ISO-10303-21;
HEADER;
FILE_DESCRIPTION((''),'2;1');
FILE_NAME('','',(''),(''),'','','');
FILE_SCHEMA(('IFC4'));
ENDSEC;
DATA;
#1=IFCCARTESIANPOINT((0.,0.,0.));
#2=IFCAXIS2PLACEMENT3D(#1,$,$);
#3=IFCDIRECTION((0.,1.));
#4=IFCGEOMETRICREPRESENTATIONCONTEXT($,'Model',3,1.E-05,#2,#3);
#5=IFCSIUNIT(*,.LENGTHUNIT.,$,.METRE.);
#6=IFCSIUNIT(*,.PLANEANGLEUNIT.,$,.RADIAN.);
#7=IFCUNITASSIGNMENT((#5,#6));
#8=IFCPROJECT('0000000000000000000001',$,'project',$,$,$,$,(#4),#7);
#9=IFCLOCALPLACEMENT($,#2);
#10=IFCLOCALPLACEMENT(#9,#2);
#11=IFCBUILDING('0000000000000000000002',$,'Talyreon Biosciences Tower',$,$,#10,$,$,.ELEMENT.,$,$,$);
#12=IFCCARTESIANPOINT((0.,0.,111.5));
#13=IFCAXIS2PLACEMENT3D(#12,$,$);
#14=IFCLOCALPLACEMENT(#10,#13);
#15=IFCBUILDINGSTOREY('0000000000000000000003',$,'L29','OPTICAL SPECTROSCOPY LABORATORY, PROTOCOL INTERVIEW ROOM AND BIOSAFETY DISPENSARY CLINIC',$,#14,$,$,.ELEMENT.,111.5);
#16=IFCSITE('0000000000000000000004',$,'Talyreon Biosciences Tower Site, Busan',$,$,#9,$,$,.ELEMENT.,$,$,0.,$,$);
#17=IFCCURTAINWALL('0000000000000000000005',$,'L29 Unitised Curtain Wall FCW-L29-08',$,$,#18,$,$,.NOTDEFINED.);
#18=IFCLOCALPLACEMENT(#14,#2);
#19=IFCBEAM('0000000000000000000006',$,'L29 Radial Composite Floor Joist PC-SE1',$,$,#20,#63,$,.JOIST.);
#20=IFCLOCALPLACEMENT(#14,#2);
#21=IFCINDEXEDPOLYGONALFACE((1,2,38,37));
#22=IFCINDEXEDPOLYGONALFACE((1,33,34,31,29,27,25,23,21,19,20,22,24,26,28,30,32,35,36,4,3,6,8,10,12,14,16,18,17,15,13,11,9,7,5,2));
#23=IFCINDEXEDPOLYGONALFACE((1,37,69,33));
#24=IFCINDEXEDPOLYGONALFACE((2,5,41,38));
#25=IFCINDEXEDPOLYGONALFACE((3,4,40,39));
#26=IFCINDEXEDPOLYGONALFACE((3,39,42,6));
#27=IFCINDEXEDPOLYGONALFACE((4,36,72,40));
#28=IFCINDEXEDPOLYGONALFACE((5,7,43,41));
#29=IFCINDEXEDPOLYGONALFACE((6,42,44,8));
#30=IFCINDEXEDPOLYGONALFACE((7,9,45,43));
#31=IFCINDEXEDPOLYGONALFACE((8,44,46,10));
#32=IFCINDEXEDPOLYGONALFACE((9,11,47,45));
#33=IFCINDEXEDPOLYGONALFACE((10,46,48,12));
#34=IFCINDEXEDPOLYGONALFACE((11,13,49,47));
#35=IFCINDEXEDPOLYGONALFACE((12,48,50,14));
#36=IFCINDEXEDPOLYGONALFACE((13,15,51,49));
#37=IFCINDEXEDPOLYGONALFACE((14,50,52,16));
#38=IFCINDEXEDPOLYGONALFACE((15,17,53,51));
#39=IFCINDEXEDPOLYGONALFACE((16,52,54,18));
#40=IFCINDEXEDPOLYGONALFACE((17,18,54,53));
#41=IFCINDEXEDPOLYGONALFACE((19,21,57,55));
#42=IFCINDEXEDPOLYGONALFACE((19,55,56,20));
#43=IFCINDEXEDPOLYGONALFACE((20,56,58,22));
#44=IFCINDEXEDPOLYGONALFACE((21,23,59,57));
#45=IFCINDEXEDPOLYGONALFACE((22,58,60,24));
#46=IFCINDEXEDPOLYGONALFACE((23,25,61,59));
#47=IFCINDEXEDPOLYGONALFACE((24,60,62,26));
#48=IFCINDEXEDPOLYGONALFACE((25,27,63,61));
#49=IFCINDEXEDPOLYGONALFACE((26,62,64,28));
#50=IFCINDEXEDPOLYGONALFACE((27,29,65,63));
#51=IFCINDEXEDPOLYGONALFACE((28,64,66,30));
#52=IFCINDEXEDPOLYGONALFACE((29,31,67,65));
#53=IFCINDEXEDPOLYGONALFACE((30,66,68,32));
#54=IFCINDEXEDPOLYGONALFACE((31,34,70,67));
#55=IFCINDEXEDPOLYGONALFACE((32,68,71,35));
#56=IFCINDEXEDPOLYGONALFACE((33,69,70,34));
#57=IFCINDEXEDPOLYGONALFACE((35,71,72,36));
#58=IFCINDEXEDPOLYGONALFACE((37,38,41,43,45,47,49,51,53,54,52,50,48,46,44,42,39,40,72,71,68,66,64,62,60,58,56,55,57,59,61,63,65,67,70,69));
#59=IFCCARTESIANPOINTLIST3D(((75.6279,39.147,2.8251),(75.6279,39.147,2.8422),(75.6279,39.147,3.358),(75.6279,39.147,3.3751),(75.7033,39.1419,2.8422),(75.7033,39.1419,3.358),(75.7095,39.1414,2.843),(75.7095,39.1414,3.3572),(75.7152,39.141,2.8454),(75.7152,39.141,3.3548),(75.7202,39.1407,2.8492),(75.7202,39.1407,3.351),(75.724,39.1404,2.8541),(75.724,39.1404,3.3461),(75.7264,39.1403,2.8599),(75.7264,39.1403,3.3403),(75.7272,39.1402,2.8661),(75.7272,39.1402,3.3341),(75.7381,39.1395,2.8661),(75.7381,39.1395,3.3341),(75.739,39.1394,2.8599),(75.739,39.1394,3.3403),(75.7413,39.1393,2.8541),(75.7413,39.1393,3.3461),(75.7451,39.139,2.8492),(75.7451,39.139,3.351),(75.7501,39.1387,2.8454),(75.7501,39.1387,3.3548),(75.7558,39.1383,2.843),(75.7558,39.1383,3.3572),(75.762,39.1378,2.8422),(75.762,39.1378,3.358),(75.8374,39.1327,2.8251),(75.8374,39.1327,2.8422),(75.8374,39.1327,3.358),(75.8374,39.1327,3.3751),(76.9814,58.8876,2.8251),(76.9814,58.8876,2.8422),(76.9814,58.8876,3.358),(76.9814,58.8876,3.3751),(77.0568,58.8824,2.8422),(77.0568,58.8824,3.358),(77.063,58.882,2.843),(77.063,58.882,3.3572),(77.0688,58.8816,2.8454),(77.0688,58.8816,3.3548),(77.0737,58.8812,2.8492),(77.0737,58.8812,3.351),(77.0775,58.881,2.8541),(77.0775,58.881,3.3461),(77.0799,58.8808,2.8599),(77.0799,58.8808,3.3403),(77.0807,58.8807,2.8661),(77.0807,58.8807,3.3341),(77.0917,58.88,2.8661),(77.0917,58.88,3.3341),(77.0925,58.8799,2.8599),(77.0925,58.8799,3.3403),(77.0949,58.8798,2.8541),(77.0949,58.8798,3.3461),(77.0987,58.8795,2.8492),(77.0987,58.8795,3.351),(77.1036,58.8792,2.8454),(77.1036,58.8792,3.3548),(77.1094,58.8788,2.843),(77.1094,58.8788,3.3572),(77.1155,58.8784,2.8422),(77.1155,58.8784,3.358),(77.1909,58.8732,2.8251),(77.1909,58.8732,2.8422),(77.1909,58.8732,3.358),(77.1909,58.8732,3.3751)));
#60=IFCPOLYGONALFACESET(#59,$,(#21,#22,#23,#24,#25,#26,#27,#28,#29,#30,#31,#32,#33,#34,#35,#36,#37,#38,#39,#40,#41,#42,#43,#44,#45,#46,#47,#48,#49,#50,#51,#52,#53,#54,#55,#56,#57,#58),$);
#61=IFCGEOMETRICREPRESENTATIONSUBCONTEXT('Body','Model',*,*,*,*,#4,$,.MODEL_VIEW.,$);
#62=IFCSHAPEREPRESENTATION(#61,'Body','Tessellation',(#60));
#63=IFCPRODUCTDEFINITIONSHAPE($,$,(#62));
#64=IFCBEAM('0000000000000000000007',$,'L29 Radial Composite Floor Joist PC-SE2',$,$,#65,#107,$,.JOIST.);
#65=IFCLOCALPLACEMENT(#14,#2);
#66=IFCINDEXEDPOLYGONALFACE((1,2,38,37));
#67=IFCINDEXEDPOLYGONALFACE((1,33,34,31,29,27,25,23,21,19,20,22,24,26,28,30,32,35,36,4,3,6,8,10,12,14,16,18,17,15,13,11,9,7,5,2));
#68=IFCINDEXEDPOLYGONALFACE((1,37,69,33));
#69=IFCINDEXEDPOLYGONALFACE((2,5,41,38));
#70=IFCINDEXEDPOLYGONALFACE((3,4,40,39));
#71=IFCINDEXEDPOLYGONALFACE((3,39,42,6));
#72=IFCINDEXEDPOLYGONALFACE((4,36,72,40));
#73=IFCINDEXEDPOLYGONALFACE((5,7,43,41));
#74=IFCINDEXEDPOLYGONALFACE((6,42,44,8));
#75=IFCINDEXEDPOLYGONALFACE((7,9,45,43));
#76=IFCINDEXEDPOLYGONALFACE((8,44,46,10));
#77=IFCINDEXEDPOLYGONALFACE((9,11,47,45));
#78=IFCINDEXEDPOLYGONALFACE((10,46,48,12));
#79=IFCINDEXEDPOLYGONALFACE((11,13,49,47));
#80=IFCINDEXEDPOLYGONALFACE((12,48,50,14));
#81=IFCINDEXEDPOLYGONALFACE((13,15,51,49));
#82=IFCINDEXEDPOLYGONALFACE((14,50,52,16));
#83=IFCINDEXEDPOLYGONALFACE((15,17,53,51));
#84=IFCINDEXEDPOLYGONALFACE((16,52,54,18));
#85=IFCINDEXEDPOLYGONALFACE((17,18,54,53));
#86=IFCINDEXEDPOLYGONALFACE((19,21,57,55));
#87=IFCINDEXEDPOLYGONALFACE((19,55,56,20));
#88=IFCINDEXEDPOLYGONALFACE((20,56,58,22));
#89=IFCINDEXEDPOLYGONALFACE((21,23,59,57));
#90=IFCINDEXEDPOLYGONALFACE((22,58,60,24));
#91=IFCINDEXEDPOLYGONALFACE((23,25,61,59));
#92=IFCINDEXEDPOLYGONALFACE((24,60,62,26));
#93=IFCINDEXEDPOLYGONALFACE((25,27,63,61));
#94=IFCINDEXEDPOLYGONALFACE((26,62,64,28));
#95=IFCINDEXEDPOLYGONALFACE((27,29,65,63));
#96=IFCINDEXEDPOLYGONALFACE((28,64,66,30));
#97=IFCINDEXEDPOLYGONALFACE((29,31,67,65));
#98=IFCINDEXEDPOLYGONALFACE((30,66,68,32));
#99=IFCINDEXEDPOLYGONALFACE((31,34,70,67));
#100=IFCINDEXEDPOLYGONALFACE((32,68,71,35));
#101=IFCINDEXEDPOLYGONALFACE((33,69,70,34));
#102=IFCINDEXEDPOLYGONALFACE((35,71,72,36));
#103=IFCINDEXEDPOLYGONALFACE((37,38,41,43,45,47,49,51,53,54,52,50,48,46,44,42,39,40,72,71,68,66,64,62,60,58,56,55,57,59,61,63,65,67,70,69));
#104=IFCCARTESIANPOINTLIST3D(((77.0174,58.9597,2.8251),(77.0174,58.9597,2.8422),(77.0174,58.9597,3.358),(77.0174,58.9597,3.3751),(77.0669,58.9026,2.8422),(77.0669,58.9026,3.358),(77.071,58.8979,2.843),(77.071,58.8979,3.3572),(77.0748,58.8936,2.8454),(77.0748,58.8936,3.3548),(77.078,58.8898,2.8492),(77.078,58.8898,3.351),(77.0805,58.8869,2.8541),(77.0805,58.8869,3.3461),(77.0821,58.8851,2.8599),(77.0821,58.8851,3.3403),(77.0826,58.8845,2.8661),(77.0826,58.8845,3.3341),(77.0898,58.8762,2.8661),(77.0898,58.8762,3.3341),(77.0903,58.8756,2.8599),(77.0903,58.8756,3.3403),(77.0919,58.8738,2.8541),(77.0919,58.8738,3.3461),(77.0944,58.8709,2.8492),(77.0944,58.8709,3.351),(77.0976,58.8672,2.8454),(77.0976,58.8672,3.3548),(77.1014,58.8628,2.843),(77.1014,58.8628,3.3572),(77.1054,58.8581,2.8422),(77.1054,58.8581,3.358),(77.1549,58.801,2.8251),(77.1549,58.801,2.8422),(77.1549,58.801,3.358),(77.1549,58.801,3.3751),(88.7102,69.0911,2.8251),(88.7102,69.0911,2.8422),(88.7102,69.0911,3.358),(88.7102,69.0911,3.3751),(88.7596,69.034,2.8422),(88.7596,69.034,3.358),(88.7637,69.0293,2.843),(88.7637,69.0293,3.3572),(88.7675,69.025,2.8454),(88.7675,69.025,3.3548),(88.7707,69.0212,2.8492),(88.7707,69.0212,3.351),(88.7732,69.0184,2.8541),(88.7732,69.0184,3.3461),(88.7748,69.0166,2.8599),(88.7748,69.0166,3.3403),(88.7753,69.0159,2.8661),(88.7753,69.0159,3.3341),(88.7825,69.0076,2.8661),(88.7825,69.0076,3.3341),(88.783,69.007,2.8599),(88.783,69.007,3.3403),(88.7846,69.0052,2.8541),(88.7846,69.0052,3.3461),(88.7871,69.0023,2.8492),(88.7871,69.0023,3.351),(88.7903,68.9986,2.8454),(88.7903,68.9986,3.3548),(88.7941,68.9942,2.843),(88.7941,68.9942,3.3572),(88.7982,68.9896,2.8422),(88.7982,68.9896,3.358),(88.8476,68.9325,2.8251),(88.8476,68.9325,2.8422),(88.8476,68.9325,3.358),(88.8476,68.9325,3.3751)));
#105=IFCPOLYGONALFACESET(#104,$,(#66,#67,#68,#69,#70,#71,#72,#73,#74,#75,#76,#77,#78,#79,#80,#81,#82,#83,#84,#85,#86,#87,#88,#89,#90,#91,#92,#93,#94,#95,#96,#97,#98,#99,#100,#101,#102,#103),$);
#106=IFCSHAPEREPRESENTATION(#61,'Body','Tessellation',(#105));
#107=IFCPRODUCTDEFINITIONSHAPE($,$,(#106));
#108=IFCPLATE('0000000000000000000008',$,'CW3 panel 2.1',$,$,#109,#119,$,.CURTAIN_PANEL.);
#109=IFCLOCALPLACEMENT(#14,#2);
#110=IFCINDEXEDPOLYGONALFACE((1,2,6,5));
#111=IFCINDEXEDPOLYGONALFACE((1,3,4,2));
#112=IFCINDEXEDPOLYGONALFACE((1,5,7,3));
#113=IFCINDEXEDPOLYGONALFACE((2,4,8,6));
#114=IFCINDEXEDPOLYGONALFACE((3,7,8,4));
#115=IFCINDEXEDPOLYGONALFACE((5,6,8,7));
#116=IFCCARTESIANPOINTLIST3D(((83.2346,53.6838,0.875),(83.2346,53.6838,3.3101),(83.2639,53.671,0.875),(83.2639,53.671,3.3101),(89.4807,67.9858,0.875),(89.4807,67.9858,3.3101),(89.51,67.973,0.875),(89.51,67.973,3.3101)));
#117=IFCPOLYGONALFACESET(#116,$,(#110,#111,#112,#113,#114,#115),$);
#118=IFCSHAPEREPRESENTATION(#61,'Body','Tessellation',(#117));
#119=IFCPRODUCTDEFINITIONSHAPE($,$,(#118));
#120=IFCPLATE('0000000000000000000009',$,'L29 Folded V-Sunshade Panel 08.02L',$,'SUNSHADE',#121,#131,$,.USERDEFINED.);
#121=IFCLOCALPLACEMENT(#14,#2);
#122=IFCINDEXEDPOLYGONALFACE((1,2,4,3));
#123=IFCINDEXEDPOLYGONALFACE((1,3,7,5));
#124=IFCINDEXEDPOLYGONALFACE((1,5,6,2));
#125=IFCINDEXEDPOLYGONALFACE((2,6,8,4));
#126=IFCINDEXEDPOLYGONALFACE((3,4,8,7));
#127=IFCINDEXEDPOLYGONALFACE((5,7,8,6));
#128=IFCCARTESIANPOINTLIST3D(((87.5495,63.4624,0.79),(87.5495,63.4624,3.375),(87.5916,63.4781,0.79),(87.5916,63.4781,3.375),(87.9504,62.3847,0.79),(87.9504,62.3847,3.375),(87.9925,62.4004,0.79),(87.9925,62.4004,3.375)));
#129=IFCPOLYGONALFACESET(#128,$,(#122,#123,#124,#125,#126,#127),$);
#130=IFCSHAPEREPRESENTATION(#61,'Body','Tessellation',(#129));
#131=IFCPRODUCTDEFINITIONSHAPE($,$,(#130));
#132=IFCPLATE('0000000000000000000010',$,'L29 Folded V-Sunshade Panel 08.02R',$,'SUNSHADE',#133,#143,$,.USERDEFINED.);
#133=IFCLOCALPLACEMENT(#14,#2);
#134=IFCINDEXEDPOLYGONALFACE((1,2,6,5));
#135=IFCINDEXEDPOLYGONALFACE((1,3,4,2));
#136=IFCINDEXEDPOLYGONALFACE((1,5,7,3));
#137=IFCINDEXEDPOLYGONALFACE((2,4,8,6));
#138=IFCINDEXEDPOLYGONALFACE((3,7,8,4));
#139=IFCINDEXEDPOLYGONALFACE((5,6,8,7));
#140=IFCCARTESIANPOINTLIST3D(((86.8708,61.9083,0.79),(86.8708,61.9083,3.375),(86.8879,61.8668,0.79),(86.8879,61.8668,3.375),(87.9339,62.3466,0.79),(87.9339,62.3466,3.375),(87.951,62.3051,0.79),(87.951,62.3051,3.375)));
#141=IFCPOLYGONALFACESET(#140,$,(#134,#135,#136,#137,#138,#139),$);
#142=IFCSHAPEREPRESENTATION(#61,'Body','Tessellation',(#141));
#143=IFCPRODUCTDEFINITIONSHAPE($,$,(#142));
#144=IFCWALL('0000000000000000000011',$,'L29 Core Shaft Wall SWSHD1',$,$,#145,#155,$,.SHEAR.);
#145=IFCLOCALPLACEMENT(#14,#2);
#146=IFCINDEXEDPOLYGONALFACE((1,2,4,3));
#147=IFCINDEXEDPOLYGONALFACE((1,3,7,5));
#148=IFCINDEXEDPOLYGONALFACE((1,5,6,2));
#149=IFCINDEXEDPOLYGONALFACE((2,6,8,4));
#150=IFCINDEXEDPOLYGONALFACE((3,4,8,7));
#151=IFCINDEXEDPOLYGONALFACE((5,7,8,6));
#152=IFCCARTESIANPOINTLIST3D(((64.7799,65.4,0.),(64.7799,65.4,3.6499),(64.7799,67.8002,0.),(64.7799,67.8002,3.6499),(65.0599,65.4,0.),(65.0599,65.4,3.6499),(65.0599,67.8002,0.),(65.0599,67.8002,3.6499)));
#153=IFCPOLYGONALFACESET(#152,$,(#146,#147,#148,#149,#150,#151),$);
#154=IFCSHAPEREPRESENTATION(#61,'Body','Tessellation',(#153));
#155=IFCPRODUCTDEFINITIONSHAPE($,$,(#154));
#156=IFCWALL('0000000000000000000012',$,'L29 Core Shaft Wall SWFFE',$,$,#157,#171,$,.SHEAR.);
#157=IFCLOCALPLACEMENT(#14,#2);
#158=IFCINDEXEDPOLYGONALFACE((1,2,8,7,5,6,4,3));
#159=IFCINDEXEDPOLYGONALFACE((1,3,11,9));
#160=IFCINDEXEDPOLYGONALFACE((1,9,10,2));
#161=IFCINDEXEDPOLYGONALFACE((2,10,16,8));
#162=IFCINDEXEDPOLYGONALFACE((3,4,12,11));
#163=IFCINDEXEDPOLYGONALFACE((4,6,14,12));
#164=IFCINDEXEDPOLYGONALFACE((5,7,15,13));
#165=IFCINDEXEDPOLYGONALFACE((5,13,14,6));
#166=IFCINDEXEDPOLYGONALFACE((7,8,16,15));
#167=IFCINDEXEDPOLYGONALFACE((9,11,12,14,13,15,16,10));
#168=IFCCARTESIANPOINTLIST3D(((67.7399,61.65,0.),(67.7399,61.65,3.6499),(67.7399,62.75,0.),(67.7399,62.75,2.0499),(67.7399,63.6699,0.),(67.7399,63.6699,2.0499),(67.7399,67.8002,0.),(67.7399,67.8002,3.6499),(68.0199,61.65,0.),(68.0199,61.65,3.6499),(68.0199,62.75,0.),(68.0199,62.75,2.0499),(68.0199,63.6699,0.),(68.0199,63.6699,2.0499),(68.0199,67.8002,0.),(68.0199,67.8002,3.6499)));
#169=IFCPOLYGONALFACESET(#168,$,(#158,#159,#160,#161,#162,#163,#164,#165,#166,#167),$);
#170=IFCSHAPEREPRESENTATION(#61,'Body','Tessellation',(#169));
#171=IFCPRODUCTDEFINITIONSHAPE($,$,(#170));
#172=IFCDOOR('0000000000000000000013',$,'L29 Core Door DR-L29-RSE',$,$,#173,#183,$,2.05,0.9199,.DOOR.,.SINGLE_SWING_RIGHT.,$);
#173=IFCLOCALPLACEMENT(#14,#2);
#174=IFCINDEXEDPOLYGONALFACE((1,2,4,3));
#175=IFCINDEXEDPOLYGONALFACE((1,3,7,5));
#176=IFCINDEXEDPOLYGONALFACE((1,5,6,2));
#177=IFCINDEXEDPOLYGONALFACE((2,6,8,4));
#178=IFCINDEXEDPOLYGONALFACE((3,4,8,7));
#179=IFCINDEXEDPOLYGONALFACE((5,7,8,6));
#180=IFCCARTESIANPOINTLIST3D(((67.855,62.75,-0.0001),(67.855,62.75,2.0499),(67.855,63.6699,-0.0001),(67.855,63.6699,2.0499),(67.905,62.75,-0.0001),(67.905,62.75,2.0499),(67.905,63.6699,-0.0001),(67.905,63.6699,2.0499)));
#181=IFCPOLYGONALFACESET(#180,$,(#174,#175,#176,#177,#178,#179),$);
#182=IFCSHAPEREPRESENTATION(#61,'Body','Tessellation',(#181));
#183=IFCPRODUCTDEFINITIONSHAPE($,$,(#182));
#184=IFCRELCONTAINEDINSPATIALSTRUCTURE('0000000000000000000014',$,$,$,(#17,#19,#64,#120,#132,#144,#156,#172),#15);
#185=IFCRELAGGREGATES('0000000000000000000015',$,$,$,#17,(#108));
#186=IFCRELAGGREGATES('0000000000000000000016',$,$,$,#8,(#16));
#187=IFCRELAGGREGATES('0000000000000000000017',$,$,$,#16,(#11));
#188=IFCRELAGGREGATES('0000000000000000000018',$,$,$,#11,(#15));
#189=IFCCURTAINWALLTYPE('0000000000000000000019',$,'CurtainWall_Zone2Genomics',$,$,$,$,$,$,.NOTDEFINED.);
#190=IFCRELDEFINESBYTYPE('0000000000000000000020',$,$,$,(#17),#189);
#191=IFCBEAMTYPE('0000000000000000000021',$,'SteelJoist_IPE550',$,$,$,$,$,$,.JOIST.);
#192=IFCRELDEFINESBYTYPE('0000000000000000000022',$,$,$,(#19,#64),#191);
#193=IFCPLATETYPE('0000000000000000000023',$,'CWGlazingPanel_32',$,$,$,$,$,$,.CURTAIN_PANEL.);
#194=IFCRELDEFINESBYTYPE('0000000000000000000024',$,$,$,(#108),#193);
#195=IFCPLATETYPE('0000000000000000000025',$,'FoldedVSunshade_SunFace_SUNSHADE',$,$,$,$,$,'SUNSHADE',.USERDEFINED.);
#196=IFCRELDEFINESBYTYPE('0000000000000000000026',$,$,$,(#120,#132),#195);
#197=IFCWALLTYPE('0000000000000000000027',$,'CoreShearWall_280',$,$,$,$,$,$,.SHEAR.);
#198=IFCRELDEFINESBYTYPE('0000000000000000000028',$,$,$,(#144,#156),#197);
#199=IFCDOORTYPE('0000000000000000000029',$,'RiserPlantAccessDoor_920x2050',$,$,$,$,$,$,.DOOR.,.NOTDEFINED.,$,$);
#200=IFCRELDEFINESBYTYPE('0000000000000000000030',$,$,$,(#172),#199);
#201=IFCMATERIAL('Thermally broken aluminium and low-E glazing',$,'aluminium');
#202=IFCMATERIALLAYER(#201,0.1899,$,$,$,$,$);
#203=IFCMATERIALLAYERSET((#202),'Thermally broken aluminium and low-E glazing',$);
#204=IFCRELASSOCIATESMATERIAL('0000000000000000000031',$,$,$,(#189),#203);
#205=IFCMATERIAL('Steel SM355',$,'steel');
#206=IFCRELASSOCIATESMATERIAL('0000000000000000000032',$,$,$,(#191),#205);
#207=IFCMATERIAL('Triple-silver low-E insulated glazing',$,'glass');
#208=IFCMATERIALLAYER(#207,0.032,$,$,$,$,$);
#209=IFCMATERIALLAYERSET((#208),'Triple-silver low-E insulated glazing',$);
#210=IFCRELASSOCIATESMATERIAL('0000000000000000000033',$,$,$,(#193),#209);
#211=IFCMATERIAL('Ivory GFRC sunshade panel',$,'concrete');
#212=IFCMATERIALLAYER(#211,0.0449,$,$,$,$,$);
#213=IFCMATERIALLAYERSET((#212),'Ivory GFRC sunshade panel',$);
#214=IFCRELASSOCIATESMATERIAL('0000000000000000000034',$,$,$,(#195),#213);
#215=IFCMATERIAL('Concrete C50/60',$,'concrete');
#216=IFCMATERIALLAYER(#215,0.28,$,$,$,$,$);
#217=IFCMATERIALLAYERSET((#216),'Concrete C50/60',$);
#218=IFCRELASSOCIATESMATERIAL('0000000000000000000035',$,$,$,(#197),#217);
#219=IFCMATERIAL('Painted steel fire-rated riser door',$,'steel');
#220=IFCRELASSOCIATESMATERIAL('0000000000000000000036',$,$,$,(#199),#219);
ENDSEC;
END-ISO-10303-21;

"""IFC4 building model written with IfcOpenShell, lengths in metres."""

from ifc_helpers import new_model, si_unit, direction, frame, frame_2d, origin, origin_2d, place, context, subcontext, project, spatial, rectangle, i_section, extrude, material, layer, layer_set, material_profile, profile_set, type_object, element, fill, aggregate, save


model = new_model("IFC4")

# Units and contexts
model_context = context("Model", 3, precision=1e-05, world=origin(), true_north=direction((0.0, 1.0)))
body_context = subcontext(model_context, "Body", "Model", "MODEL_VIEW")
ifc_project = project(units=[si_unit("LENGTHUNIT", "METRE"), si_unit("PLANEANGLEUNIT", "RADIAN")], contexts=[model_context])

# Site, building, storey
site_placement = place(None, origin())
site = spatial("IfcSite", under=ifc_project, at=site_placement, Name="Talyreon Biosciences Tower Site, Busan", CompositionType="ELEMENT", RefElevation=0.0)
building_placement = place(site_placement, origin())
building = spatial("IfcBuilding", under=site, at=building_placement, Name="Talyreon Biosciences Tower", CompositionType="ELEMENT")
storey_placement = place(building_placement, frame((0.0, 0.0, 111.5)))
storey = spatial("IfcBuildingStorey", under=building, at=storey_placement, Name="L29", Description="OPTICAL SPECTROSCOPY LABORATORY, PROTOCOL INTERVIEW ROOM AND BIOSAFETY DISPENSARY CLINIC", CompositionType="ELEMENT", Elevation=111.5)

# Shared definitions
ifc_material_1 = material(Name="Concrete C50/60", Category="concrete")

# Curtain wall
ifc_material_2 = material(Name="Thermally broken aluminium and low-E glazing", Category="aluminium")
ifc_layer_1 = layer(ifc_material_2, 0.1899)
ifc_layer_set_1 = layer_set([ifc_layer_1], Name="Thermally broken aluminium and low-E glazing")
curtain_wall_type = type_object("IfcCurtainWallType", Name="CurtainWall_Zone2Genomics", PredefinedType="NOTDEFINED", material=ifc_layer_set_1)
curtain_wall_placement = place(storey_placement, origin())
curtain_wall = element("IfcCurtainWall", 1, at=curtain_wall_placement, inside=storey, type_object=curtain_wall_type, Name="L29 Unitised Curtain Wall FCW-L29-08", PredefinedType="NOTDEFINED")

# Beams
ifc_material_3 = material(Name="Steel SM355", Category="steel")
ifc_material_profile_1 = material_profile(ifc_material_3, i_section(OverallWidth=0.21, OverallDepth=0.55, WebThickness=0.011, FlangeThickness=0.0171, FilletRadius=0.0239, at=origin_2d()), Name="IPE550")
ifc_profile_set_1 = profile_set([ifc_material_profile_1], Name="Steel SM355")
beam_type_1 = type_object("IfcBeamType", Name="SteelJoist_IPE550", PredefinedType="JOIST", material=ifc_profile_set_1)
beam_1_placement = place(storey_placement, frame((77.0862, 58.8804, 3.1001), z_axis=(-0.068405, -0.997658, 0.0), x_axis=(0.997658, -0.068405, 0.0)))
element("IfcBeam", 2, at=beam_1_placement, inside=storey, type_object=beam_type_1, Name="L29 Radial Composite Floor Joist PC-SE1", PredefinedType="JOIST", context=body_context, shape_type="SweptSolid", body=[
    extrude(i_section(OverallWidth=0.21, OverallDepth=0.55, WebThickness=0.011, FlangeThickness=0.0171, FilletRadius=0.0239, at=origin_2d()), origin(), (0.0, 0.0, 1.0), 19.7869),
])
beam_2_placement = place(storey_placement, frame((77.0862, 58.8804, 3.1001), z_axis=(0.755761, 0.654847, 0.0), x_axis=(-0.654847, 0.755761, 0.0)))
element("IfcBeam", 3, at=beam_2_placement, inside=storey, type_object=beam_type_1, Name="L29 Radial Composite Floor Joist PC-SE2", PredefinedType="JOIST", context=body_context, shape_type="SweptSolid", body=[
    extrude(i_section(OverallWidth=0.21, OverallDepth=0.55, WebThickness=0.011, FlangeThickness=0.0171, FilletRadius=0.0239, at=origin_2d()), origin(), (0.0, 0.0, 1.0), 15.4714),
])

# Plate
ifc_material_4 = material(Name="Triple-silver low-E insulated glazing", Category="glass")
ifc_layer_2 = layer(ifc_material_4, 0.032)
ifc_layer_set_2 = layer_set([ifc_layer_2], Name="Triple-silver low-E insulated glazing")
plate_type_1 = type_object("IfcPlateType", Name="CWGlazingPanel_32", PredefinedType="CURTAIN_PANEL", material=ifc_layer_set_2)
plate_placement = place(storey_placement, frame((86.3723, 60.8284, 0.875), z_axis=(0.0, 0.0, 1.0), x_axis=(-0.400226, -0.916416, 0.0)))
plate = element("IfcPlate", 4, at=plate_placement, type_object=plate_type_1, Name="CW3 panel 2.1", PredefinedType="CURTAIN_PANEL", context=body_context, shape_type="SweptSolid", body=[
    extrude(rectangle(XDim=15.6064, YDim=0.032, at=origin_2d()), origin(), (0.0, 0.0, 1.0), 2.4351),
])
aggregate(curtain_wall, [plate])

# Plates
ifc_material_5 = material(Name="Ivory GFRC sunshade panel", Category="concrete")
ifc_layer_3 = layer(ifc_material_5, 0.0449)
ifc_layer_set_3 = layer_set([ifc_layer_3], Name="Ivory GFRC sunshade panel")
plate_type_2 = type_object("IfcPlateType", Name="FoldedVSunshade_SunFace_SUNSHADE", ElementType="SUNSHADE", PredefinedType="USERDEFINED", material=ifc_layer_set_3)
for number, where, z_axis, x_axis, name in (
    (5, (87.771, 62.9314, 0.79), (0.0, 0.0, 1.0), (0.348703, -0.937233, 0.0), "L29 Folded V-Sunshade Panel 08.02L"),
    (6, (87.4109, 62.1067, 0.79), (0.0, 0.0, 1.0), (-0.924493, -0.381199, 0.0), "L29 Folded V-Sunshade Panel 08.02R"),
):
    element("IfcPlate", number, at=place(storey_placement, frame(where, z_axis=z_axis, x_axis=x_axis)), inside=storey, type_object=plate_type_2, Name=name, ObjectType="SUNSHADE", PredefinedType="USERDEFINED", context=body_context, shape_type="SweptSolid", body=[
        extrude(rectangle(XDim=1.1499, YDim=0.0449, at=origin_2d()), origin(), (0.0, 0.0, 1.0), 2.585),
    ])

# Wall
ifc_layer_4 = layer(ifc_material_1, 0.28)
ifc_layer_set_4 = layer_set([ifc_layer_4], Name="Concrete C50/60")
wall_type_1 = type_object("IfcWallType", Name="CoreShearWall_280", PredefinedType="SHEAR", material=ifc_layer_set_4)
wall_1_placement = place(storey_placement, frame((64.9199, 65.3999, 0.0), z_axis=(0.0, 0.0, 1.0), x_axis=(0.0, 1.0, 0.0)))
element("IfcWall", 7, at=wall_1_placement, inside=storey, type_object=wall_type_1, Name="L29 Core Shaft Wall SWSHD1", PredefinedType="SHEAR", context=body_context, shape_type="SweptSolid", body=[
    extrude(rectangle(XDim=2.4001, YDim=0.28, at=frame_2d((1.2002, 0.0))), origin(), (0.0, 0.0, 1.0), 3.6499),
])

# Wall, opening, door
wall_2_placement = place(storey_placement, frame((67.8799, 61.6499, 0.0), z_axis=(0.0, 0.0, 1.0), x_axis=(0.0, 1.0, 0.0)))
wall_2 = element("IfcWall", 8, at=wall_2_placement, inside=storey, type_object=wall_type_1, Name="L29 Core Shaft Wall SWFFE", PredefinedType="SHEAR", context=body_context, shape_type="SweptSolid", body=[
    extrude(rectangle(XDim=6.1501, YDim=0.28, at=frame_2d((3.0752, 0.0))), origin(), (0.0, 0.0, 1.0), 3.6499),
])
opening_1_placement = place(wall_2_placement, frame((1.1001, 0.0, 0.0)))
opening_1 = element("IfcOpeningElement", 9, at=opening_1_placement, cuts=wall_2, PredefinedType="OPENING", context=body_context, shape_type="SweptSolid", body=[
    extrude(rectangle(XDim=0.9199, YDim=2.05, at=frame_2d((0.46, 1.0249))), frame((0.0, 0.1499, 0.0), z_axis=(0.0, -1.0, 0.0), x_axis=(1.0, 0.0, 0.0)), (0.0, 0.0, 1.0), 0.3),
])
ifc_material_6 = material(Name="Painted steel fire-rated riser door", Category="steel")
door_type = type_object("IfcDoorType", Name="RiserPlantAccessDoor_920x2050", OperationType="NOTDEFINED", PredefinedType="DOOR", material=ifc_material_6)
door_1_placement = place(opening_1_placement, origin())
door_1 = element("IfcDoor", 10, at=door_1_placement, inside=storey, type_object=door_type, Name="L29 Core Door DR-L29-RSE", OperationType="SINGLE_SWING_RIGHT", OverallHeight=2.05, OverallWidth=0.9199, PredefinedType="DOOR", context=body_context, shape_type="SweptSolid", body=[
    extrude(rectangle(XDim=0.9199, YDim=2.05, at=frame_2d((0.46, 1.0249))), frame((0.0, 0.0249, 0.0), z_axis=(0.0, -1.0, 0.0), x_axis=(1.0, 0.0, 0.0)), (0.0, 0.0, 1.0), 0.05),
])
fill(opening_1, door_1)

save(model, "model.ifc")
